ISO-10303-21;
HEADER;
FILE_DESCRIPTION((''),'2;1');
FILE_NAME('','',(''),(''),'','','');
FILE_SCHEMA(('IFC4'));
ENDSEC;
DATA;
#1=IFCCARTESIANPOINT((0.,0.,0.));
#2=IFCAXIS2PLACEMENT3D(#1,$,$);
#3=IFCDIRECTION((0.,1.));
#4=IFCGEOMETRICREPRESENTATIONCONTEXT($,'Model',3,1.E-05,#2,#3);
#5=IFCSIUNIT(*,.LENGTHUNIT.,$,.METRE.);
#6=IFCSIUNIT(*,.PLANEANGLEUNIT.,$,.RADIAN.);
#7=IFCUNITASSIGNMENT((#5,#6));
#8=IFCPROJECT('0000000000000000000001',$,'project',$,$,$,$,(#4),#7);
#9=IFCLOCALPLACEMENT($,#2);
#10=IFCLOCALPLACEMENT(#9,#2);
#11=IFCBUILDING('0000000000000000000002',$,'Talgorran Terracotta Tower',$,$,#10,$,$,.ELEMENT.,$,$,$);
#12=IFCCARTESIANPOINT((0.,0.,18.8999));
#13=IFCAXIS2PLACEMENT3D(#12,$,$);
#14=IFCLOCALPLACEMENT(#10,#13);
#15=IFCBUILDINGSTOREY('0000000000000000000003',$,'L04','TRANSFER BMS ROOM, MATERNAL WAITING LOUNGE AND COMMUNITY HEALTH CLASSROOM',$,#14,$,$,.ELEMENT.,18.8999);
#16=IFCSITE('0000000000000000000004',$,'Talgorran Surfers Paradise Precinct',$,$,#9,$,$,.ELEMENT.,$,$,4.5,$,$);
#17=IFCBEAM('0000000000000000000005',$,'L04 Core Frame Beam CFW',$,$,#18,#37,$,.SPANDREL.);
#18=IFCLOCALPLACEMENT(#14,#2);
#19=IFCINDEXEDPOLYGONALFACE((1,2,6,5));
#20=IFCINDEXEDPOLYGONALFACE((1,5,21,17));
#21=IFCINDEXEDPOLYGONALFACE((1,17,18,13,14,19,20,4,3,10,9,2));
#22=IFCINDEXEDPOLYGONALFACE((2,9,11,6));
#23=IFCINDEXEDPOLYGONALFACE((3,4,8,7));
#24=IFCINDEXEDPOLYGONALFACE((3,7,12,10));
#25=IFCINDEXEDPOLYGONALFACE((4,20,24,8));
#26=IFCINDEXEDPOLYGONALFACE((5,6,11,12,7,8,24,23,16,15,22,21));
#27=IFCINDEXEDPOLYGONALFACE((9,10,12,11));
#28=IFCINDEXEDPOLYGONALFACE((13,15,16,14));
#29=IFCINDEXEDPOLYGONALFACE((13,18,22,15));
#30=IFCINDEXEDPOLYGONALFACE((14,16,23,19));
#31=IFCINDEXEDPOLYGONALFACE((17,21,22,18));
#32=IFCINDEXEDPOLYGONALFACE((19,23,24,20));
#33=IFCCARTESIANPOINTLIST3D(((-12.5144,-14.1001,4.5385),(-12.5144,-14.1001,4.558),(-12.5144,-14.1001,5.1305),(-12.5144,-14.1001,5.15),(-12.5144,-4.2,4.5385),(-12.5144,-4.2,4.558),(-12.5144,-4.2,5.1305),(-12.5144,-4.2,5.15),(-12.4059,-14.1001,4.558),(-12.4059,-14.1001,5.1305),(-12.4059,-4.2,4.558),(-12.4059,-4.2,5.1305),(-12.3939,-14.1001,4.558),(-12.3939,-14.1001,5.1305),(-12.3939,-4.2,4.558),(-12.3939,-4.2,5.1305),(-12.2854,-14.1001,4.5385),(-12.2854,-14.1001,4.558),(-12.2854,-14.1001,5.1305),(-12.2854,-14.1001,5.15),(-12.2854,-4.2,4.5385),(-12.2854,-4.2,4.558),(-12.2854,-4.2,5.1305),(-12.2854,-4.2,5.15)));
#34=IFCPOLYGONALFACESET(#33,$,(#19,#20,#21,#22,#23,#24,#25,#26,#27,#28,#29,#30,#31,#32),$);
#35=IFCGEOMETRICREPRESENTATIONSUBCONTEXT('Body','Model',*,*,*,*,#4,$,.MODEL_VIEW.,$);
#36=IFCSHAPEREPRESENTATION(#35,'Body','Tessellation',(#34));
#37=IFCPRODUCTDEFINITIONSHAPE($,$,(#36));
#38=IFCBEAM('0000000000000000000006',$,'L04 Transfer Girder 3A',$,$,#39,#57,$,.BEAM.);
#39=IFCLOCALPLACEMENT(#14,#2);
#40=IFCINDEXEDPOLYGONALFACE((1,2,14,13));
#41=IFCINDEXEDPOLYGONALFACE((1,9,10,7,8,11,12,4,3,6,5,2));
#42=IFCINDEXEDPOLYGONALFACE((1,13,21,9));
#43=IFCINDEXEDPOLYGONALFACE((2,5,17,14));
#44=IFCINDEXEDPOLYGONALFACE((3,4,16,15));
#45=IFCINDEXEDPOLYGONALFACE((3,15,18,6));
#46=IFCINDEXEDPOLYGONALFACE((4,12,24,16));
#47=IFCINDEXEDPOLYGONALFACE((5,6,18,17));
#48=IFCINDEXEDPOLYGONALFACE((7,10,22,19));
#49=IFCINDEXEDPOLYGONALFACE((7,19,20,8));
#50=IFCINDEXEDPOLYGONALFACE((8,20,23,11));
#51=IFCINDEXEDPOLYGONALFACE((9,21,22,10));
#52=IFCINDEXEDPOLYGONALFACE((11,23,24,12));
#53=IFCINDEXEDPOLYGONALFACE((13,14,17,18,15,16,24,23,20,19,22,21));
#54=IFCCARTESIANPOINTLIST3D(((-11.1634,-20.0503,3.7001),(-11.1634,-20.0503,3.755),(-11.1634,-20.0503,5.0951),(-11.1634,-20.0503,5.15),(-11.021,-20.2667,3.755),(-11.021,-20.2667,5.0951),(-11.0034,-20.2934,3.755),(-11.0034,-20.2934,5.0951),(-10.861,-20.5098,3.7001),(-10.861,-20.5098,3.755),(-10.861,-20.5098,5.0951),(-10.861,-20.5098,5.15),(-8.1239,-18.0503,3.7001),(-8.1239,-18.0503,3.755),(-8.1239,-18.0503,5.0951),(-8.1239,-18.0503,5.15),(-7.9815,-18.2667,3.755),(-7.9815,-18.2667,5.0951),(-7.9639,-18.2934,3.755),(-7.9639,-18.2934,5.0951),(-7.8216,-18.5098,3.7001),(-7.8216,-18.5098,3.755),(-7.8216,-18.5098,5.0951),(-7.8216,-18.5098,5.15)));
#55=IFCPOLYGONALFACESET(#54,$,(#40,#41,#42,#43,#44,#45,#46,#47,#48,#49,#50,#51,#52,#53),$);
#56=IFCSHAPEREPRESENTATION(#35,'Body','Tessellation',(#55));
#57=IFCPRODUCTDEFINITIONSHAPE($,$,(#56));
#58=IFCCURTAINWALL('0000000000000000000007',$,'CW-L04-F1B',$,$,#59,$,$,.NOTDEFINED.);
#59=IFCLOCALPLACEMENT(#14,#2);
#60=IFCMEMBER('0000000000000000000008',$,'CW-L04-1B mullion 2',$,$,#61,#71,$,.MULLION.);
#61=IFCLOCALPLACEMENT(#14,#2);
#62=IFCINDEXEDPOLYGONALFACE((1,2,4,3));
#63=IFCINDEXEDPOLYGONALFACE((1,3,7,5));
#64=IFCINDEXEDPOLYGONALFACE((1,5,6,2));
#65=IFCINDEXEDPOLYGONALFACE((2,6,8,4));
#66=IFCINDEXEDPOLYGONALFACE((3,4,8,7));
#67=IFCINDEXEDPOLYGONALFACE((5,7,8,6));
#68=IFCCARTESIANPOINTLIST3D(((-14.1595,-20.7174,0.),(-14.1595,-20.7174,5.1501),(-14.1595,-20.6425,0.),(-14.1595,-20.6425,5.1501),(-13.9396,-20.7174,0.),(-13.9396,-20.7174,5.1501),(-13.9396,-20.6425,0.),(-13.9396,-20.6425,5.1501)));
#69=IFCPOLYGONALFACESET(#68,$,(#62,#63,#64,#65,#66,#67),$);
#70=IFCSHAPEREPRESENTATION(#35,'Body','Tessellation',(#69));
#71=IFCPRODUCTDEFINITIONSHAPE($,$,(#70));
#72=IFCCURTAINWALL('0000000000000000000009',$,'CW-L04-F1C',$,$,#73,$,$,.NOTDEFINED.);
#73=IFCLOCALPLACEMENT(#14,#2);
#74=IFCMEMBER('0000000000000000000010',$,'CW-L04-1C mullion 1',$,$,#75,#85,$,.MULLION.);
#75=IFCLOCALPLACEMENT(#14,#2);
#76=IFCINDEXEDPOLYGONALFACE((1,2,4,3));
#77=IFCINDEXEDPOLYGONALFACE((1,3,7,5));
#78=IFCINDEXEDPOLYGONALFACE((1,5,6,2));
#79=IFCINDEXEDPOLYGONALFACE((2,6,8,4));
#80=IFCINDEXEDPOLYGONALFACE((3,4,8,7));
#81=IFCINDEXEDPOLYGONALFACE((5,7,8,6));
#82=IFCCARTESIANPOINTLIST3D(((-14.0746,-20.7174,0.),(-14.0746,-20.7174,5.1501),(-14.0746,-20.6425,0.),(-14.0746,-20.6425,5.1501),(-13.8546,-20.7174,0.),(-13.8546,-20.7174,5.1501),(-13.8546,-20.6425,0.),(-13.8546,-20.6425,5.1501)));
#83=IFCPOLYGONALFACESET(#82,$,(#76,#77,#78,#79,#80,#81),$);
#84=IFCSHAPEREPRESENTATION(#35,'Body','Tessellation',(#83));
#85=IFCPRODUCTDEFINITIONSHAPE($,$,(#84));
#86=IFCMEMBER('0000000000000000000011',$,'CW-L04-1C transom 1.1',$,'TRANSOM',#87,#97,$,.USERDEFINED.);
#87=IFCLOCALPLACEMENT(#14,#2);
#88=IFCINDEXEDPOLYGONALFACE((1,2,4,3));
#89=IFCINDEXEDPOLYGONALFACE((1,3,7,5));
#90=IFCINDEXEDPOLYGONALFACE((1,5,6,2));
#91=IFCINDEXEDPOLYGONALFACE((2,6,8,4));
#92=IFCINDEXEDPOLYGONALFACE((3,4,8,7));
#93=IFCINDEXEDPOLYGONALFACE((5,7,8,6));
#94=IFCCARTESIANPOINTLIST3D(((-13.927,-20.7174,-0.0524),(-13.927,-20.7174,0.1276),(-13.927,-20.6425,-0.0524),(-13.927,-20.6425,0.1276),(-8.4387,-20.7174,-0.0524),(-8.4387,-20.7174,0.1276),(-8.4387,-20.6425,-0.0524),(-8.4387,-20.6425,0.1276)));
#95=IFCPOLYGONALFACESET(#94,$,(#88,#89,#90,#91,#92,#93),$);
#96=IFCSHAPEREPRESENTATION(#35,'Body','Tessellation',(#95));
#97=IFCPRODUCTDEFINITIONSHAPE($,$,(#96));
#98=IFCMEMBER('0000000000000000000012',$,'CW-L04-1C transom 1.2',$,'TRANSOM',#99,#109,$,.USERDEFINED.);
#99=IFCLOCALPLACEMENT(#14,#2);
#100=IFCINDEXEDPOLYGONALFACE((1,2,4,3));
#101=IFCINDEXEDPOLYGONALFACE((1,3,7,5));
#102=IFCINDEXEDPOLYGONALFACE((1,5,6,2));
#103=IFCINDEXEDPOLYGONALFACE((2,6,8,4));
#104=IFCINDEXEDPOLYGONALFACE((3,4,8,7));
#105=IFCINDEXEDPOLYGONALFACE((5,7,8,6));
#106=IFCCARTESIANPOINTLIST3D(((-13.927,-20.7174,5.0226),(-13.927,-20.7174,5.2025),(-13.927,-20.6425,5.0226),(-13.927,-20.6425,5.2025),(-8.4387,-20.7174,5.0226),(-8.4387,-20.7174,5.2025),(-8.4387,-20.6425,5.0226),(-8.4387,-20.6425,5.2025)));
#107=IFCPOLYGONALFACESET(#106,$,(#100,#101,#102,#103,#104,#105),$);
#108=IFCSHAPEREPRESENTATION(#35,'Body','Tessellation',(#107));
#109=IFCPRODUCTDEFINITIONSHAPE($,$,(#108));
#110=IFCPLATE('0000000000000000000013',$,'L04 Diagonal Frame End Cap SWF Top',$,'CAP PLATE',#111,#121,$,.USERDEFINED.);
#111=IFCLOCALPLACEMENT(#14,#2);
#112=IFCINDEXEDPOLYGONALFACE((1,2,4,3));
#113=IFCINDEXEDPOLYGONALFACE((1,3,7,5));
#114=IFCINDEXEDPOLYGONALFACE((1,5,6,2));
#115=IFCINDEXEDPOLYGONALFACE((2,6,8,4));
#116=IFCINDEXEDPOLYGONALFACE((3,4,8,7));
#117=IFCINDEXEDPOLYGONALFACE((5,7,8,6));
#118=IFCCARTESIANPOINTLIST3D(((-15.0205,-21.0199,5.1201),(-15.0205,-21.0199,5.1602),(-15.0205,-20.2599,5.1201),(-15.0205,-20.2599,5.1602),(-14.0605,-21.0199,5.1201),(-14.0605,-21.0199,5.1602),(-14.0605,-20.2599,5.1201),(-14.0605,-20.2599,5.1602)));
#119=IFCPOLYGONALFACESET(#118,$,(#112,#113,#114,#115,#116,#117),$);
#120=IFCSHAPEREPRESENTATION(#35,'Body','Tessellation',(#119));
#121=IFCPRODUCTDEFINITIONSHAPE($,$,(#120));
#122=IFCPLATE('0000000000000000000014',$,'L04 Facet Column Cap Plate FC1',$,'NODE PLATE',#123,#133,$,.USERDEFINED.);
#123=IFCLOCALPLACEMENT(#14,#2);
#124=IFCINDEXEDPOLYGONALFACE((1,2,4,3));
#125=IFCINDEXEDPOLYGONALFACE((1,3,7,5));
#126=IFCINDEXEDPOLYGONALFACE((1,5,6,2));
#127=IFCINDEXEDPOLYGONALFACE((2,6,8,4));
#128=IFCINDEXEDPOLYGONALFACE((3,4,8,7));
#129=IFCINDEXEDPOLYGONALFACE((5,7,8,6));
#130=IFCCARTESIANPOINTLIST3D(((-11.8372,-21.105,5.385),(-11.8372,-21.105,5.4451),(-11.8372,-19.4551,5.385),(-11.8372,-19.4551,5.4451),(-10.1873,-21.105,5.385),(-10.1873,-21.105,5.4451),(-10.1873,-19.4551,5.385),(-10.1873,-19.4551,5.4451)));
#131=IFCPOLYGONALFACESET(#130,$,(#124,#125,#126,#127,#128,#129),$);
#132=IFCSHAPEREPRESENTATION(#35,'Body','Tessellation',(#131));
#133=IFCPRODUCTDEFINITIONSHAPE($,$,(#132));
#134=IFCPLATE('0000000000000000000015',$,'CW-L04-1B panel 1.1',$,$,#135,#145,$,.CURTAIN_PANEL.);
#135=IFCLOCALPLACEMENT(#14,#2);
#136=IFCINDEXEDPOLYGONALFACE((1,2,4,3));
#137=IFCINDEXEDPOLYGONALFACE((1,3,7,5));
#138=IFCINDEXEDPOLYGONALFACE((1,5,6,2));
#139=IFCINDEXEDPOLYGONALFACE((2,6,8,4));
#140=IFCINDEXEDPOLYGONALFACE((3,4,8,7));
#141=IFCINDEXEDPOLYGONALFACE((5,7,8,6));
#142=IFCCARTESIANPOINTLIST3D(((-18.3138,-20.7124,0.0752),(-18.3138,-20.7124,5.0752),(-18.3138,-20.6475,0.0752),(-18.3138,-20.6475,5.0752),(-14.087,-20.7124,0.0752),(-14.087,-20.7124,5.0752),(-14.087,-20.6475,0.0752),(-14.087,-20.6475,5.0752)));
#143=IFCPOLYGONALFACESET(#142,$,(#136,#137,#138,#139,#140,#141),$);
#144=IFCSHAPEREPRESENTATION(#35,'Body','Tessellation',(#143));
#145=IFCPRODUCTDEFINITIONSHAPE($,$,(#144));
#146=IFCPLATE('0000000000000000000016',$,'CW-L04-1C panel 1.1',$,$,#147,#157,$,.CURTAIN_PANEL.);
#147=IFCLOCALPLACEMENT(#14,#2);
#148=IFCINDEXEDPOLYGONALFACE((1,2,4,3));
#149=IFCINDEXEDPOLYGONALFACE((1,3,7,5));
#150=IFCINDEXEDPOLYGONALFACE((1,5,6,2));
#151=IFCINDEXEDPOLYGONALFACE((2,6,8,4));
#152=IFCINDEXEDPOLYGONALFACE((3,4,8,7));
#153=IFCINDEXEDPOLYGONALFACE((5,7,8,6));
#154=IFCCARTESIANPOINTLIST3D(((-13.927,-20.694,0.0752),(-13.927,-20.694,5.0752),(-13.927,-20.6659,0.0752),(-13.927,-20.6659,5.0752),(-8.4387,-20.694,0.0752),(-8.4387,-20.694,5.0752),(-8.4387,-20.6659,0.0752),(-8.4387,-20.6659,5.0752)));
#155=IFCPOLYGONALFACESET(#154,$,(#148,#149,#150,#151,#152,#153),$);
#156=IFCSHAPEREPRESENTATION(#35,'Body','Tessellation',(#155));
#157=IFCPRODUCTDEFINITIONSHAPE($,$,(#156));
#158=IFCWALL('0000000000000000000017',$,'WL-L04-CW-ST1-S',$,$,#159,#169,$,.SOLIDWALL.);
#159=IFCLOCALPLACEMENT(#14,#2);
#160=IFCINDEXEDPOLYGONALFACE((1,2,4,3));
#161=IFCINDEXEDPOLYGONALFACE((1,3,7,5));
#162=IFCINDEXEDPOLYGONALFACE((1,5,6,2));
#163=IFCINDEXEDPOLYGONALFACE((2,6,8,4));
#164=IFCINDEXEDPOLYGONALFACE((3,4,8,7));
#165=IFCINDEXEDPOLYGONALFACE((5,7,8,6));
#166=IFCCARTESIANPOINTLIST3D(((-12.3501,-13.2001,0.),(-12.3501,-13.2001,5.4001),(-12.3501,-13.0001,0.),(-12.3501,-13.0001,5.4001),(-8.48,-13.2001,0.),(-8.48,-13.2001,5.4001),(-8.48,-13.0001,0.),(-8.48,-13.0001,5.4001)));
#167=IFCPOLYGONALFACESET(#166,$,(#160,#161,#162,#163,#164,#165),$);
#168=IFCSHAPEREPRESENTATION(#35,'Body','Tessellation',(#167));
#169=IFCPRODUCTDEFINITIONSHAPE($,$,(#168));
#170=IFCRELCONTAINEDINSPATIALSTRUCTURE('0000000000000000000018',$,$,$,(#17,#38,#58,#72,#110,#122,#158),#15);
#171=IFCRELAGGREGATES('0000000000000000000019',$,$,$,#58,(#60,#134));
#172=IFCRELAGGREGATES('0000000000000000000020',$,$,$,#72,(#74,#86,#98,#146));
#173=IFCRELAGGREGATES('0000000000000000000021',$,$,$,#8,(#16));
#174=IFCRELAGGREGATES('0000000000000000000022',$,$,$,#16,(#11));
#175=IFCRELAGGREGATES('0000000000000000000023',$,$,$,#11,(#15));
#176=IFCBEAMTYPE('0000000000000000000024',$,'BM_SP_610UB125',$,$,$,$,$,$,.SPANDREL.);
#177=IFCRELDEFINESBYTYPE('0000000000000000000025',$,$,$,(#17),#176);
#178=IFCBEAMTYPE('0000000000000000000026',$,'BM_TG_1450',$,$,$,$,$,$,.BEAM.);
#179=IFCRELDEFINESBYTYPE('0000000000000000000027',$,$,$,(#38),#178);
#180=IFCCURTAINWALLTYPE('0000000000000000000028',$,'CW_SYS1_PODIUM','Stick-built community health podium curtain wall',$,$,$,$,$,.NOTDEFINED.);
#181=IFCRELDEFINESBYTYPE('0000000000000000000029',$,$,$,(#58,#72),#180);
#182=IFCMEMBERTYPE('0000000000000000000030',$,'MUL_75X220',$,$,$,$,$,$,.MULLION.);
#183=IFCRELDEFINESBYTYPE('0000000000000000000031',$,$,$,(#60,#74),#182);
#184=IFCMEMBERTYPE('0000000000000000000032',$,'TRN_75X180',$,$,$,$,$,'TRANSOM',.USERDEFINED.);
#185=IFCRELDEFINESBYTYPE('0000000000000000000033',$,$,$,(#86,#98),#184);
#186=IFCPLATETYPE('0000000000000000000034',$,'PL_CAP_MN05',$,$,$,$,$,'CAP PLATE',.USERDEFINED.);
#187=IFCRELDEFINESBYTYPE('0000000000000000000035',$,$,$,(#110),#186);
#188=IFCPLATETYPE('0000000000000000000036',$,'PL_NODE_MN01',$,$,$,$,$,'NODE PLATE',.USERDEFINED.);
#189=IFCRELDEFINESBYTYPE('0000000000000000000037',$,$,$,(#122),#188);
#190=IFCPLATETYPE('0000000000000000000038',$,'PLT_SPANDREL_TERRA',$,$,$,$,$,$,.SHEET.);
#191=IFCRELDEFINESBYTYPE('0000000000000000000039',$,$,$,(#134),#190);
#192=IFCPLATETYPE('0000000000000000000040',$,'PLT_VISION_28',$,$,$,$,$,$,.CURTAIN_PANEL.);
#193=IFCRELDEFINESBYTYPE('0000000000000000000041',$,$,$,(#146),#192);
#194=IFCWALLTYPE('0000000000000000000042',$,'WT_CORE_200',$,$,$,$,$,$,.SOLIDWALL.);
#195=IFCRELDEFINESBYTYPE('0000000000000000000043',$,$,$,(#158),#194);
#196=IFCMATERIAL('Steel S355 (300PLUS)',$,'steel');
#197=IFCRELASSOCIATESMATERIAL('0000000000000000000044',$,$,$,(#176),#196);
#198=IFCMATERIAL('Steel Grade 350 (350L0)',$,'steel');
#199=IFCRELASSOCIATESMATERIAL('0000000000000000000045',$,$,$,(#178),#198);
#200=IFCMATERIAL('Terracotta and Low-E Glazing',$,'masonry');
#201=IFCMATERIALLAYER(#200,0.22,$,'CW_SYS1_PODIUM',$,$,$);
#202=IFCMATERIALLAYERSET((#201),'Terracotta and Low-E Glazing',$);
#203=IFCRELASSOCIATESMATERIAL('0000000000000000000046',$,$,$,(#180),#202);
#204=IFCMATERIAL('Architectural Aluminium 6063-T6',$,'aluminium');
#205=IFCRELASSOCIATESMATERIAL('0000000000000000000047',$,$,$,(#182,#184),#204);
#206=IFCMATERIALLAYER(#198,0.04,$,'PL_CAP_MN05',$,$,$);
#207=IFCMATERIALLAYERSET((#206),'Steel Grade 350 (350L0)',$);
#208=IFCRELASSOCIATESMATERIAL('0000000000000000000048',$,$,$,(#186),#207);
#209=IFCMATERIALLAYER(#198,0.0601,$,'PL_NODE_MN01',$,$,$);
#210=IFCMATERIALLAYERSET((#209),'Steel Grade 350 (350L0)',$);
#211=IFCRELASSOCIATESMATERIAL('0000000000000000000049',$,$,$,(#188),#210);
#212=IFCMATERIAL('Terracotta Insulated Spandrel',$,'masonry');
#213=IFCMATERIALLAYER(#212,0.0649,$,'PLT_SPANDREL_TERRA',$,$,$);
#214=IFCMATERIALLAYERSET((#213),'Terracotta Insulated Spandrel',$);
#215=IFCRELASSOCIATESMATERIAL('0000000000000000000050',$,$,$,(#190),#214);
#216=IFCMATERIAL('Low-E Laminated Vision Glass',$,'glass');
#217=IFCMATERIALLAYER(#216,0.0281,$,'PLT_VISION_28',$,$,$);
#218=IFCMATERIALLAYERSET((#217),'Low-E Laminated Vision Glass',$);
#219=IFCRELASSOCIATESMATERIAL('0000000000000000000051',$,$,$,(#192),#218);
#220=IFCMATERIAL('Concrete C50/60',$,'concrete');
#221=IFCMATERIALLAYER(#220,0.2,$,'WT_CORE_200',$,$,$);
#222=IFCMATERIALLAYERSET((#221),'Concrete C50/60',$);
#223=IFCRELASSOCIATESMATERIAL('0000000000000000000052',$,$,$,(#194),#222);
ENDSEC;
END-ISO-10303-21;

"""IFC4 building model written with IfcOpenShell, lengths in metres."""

from ifc_helpers import new_model, si_unit, direction, frame, frame_2d, origin, origin_2d, place, context, subcontext, project, spatial, rectangle, i_section, extrude, source, transform, mapped, material, layer, layer_set, material_profile, profile_set, type_object, type_shapes, element, aggregate, save


model = new_model("IFC4")

# Units and contexts
model_context = context("Model", 3, precision=1e-05, world=origin(), true_north=direction((0.0, 1.0)))
body_context = subcontext(model_context, "Body", "Model", "MODEL_VIEW")
ifc_project = project(units=[si_unit("LENGTHUNIT", "METRE"), si_unit("PLANEANGLEUNIT", "RADIAN")], contexts=[model_context])

# Site, building, storey
site_placement = place(None, origin())
site = spatial("IfcSite", under=ifc_project, at=site_placement, Name="Talgorran Surfers Paradise Precinct", CompositionType="ELEMENT", RefElevation=4.5)
building_placement = place(site_placement, origin())
building = spatial("IfcBuilding", under=site, at=building_placement, Name="Talgorran Terracotta Tower", CompositionType="ELEMENT")
storey_placement = place(building_placement, frame((0.0, 0.0, 18.8999)))
storey = spatial("IfcBuildingStorey", under=building, at=storey_placement, Name="L04", Description="TRANSFER BMS ROOM, MATERNAL WAITING LOUNGE AND COMMUNITY HEALTH CLASSROOM", CompositionType="ELEMENT", Elevation=18.8999)

# Shared definitions
ifc_material_1 = material(Name="Steel S355 (300PLUS)", Category="steel")
ifc_material_2 = material(Name="Steel Grade 350 (350L0)", Category="steel")

# Beams
ifc_material_profile_1 = material_profile(ifc_material_1, i_section(OverallWidth=0.229, OverallDepth=0.6116, WebThickness=0.012, FlangeThickness=0.0195, at=origin_2d()), Name="610UB125")
ifc_profile_set_1 = profile_set([ifc_material_profile_1], Name="Steel S355 (300PLUS)")
beam_type_1 = type_object("IfcBeamType", Name="BM_SP_610UB125", PredefinedType="SPANDREL", material=ifc_profile_set_1)
beam_1_placement = place(storey_placement, frame((-12.3999, -14.1001, 4.8442), z_axis=(0.0, 1.0, 0.0), x_axis=(-1.0, 0.0, 0.0)))
element("IfcBeam", 1, at=beam_1_placement, inside=storey, type_object=beam_type_1, Name="L04 Core Frame Beam CFW", PredefinedType="SPANDREL", context=body_context, shape_type="SweptSolid", body=[
    extrude(i_section(OverallWidth=0.229, OverallDepth=0.6116, WebThickness=0.012, FlangeThickness=0.0195, at=origin_2d()), origin(), (0.0, 0.0, 1.0), 9.9001),
])
ifc_material_profile_2 = material_profile(ifc_material_2, i_section(OverallWidth=0.55, OverallDepth=1.45, WebThickness=0.032, FlangeThickness=0.0549, at=origin_2d()), Name="TG1450X550")
ifc_profile_set_2 = profile_set([ifc_material_profile_2], Name="Steel Grade 350 (350L0)")
beam_type_2 = type_object("IfcBeamType", Name="BM_TG_1450", PredefinedType="BEAM", material=ifc_profile_set_2)
beam_2_placement = place(storey_placement, frame((-11.0122, -20.28, 4.425), z_axis=(0.83538, 0.549673, 0.0), x_axis=(-0.549673, 0.83538, 0.0)))
element("IfcBeam", 2, at=beam_2_placement, inside=storey, type_object=beam_type_2, Name="L04 Transfer Girder 3A", PredefinedType="BEAM", context=body_context, shape_type="SweptSolid", body=[
    extrude(i_section(OverallWidth=0.55, OverallDepth=1.45, WebThickness=0.032, FlangeThickness=0.0549, at=origin_2d()), origin(), (0.0, 0.0, 1.0), 3.6384),
])

# Curtain wall, member
ifc_material_3 = material(Name="Terracotta and Low-E Glazing", Category="masonry")
ifc_layer_1 = layer(ifc_material_3, 0.22, Name="CW_SYS1_PODIUM")
ifc_layer_set_1 = layer_set([ifc_layer_1], Name="Terracotta and Low-E Glazing")
curtain_wall_type = type_object("IfcCurtainWallType", Name="CW_SYS1_PODIUM", Description="Stick-built community health podium curtain wall", PredefinedType="NOTDEFINED", material=ifc_layer_set_1)
curtain_wall_1_placement = place(storey_placement, origin())
curtain_wall_1 = element("IfcCurtainWall", 3, at=curtain_wall_1_placement, inside=storey, type_object=curtain_wall_type, Name="CW-L04-F1B", PredefinedType="NOTDEFINED")
ifc_material_4 = material(Name="Architectural Aluminium 6063-T6", Category="aluminium")
ifc_material_profile_3 = material_profile(ifc_material_4, rectangle(XDim=0.075, YDim=0.22, at=origin_2d()), Name="CWM75X220")
ifc_profile_set_3 = profile_set([ifc_material_profile_3], Name="Architectural Aluminium 6063-T6")
member_type_1 = type_object("IfcMemberType", Name="MUL_75X220", PredefinedType="MULLION", material=ifc_profile_set_3)
member_1_placement = place(storey_placement, frame((-14.0496, -20.6799, 0.0), z_axis=(0.0, 0.0, 1.0), x_axis=(0.0, 1.0, 0.0)))
member_1 = element("IfcMember", 4, at=member_1_placement, type_object=member_type_1, Name="CW-L04-1B mullion 2", PredefinedType="MULLION", context=body_context, shape_type="SweptSolid", body=[
    extrude(rectangle(XDim=0.075, YDim=0.22, at=origin_2d()), origin(), (0.0, 0.0, 1.0), 5.1501),
])

# Curtain wall, members
curtain_wall_2_placement = place(storey_placement, origin())
curtain_wall_2 = element("IfcCurtainWall", 5, at=curtain_wall_2_placement, inside=storey, type_object=curtain_wall_type, Name="CW-L04-F1C", PredefinedType="NOTDEFINED")
member_2_placement = place(storey_placement, frame((-13.9646, -20.6799, 0.0), z_axis=(0.0, 0.0, 1.0), x_axis=(0.0, 1.0, 0.0)))
member_2 = element("IfcMember", 6, at=member_2_placement, type_object=member_type_1, Name="CW-L04-1C mullion 1", PredefinedType="MULLION", context=body_context, shape_type="SweptSolid", body=[
    extrude(rectangle(XDim=0.075, YDim=0.22, at=origin_2d()), origin(), (0.0, 0.0, 1.0), 5.1501),
])
ifc_material_profile_4 = material_profile(ifc_material_4, rectangle(XDim=0.075, YDim=0.1799, at=origin_2d()), Name="CWT75X180")
ifc_profile_set_4 = profile_set([ifc_material_profile_4], Name="Architectural Aluminium 6063-T6")
member_type_2 = type_object("IfcMemberType", Name="TRN_75X180", ElementType="TRANSOM", PredefinedType="USERDEFINED", material=ifc_profile_set_4)
member_3_placement = place(storey_placement, frame((-13.927, -20.6799, 0.0376), z_axis=(1.0, 0.0, 0.0), x_axis=(0.0, 1.0, 0.0)))
member_3 = element("IfcMember", 7, at=member_3_placement, type_object=member_type_2, Name="CW-L04-1C transom 1.1", ObjectType="TRANSOM", PredefinedType="USERDEFINED", context=body_context, shape_type="SweptSolid", body=[
    extrude(rectangle(XDim=0.075, YDim=0.1799, at=origin_2d()), origin(), (0.0, 0.0, 1.0), 5.4883),
])
member_4_placement = place(storey_placement, frame((-13.927, -20.6799, 5.1125), z_axis=(1.0, 0.0, 0.0), x_axis=(0.0, 1.0, 0.0)))
member_4 = element("IfcMember", 8, at=member_4_placement, type_object=member_type_2, Name="CW-L04-1C transom 1.2", ObjectType="TRANSOM", PredefinedType="USERDEFINED", context=body_context, shape_type="SweptSolid", body=[
    extrude(rectangle(XDim=0.075, YDim=0.1799, at=origin_2d()), origin(), (0.0, 0.0, 1.0), 5.4883),
])

# Plates
ifc_layer_2 = layer(ifc_material_2, 0.04, Name="PL_CAP_MN05")
ifc_layer_set_2 = layer_set([ifc_layer_2], Name="Steel Grade 350 (350L0)")
plate_type_1 = type_object("IfcPlateType", Name="PL_CAP_MN05", ElementType="CAP PLATE", PredefinedType="USERDEFINED", material=ifc_layer_set_2)
plate_1_placement = place(storey_placement, frame((-14.5405, -20.6399, 5.1201), z_axis=(0.0, 0.0, 1.0), x_axis=(1.0, 0.0, 0.0)))
element("IfcPlate", 9, at=plate_1_placement, inside=storey, type_object=plate_type_1, Name="L04 Diagonal Frame End Cap SWF Top", ObjectType="CAP PLATE", PredefinedType="USERDEFINED", context=body_context, shape_type="SweptSolid", body=[
    extrude(rectangle(XDim=0.96, YDim=0.76, at=origin_2d()), origin(), (0.0, 0.0, 1.0), 0.04),
])
ifc_layer_3 = layer(ifc_material_2, 0.0601, Name="PL_NODE_MN01")
ifc_layer_set_3 = layer_set([ifc_layer_3], Name="Steel Grade 350 (350L0)")
plate_type_2 = type_object("IfcPlateType", Name="PL_NODE_MN01", ElementType="NODE PLATE", PredefinedType="USERDEFINED", material=ifc_layer_set_3)
plate_2_placement = place(storey_placement, frame((-11.0122, -20.28, 5.385), z_axis=(0.0, 0.0, 1.0), x_axis=(1.0, 0.0, 0.0)))
element("IfcPlate", 10, at=plate_2_placement, inside=storey, type_object=plate_type_2, Name="L04 Facet Column Cap Plate FC1", ObjectType="NODE PLATE", PredefinedType="USERDEFINED", context=body_context, shape_type="SweptSolid", body=[
    extrude(rectangle(XDim=1.6499, YDim=1.6499, at=origin_2d()), origin(), (0.0, 0.0, 1.0), 0.0601),
])

# Plates
ifc_material_5 = material(Name="Terracotta Insulated Spandrel", Category="masonry")
ifc_layer_4 = layer(ifc_material_5, 0.0649, Name="PLT_SPANDREL_TERRA")
ifc_layer_set_4 = layer_set([ifc_layer_4], Name="Terracotta Insulated Spandrel")
plate_type_3 = type_object("IfcPlateType", Name="PLT_SPANDREL_TERRA", PredefinedType="SHEET", material=ifc_layer_set_4)
shared_shape_1 = source(origin(), body_context, "Body", "SweptSolid", [
    extrude(rectangle(XDim=4.2268, YDim=0.0649, at=origin_2d()), origin(), (0.0, 0.0, 1.0), 5.0),
])
type_shapes(plate_type_3, [shared_shape_1])
plate_3_placement = place(storey_placement, frame((-16.2004, -20.6799, 0.0752), z_axis=(0.0, 0.0, 1.0), x_axis=(1.0, 0.0, 0.0)))
plate_3 = element("IfcPlate", 11, at=plate_3_placement, type_object=plate_type_3, Name="CW-L04-1B panel 1.1", PredefinedType="CURTAIN_PANEL", context=body_context, shape_type="MappedRepresentation", body=[
    mapped(shared_shape_1, transform((0.0, 0.0, 0.0), scale=1.0)),
])
aggregate(curtain_wall_1, [member_1, plate_3])
ifc_material_6 = material(Name="Low-E Laminated Vision Glass", Category="glass")
ifc_layer_5 = layer(ifc_material_6, 0.0281, Name="PLT_VISION_28")
ifc_layer_set_5 = layer_set([ifc_layer_5], Name="Low-E Laminated Vision Glass")
plate_type_4 = type_object("IfcPlateType", Name="PLT_VISION_28", PredefinedType="CURTAIN_PANEL", material=ifc_layer_set_5)
shared_shape_2 = source(origin(), body_context, "Body", "SweptSolid", [
    extrude(rectangle(XDim=5.4883, YDim=0.0281, at=origin_2d()), origin(), (0.0, 0.0, 1.0), 5.0),
])
type_shapes(plate_type_4, [shared_shape_2])
plate_4_placement = place(storey_placement, frame((-11.1829, -20.6799, 0.0752), z_axis=(0.0, 0.0, 1.0), x_axis=(1.0, 0.0, 0.0)))
plate_4 = element("IfcPlate", 12, at=plate_4_placement, type_object=plate_type_4, Name="CW-L04-1C panel 1.1", PredefinedType="CURTAIN_PANEL", context=body_context, shape_type="MappedRepresentation", body=[
    mapped(shared_shape_2, transform((0.0, 0.0, 0.0), scale=1.0)),
])
aggregate(curtain_wall_2, [member_2, member_3, member_4, plate_4])

# Wall
ifc_material_7 = material(Name="Concrete C50/60", Category="concrete")
ifc_layer_6 = layer(ifc_material_7, 0.2, Name="WT_CORE_200")
ifc_layer_set_6 = layer_set([ifc_layer_6], Name="Concrete C50/60")
wall_type_1 = type_object("IfcWallType", Name="WT_CORE_200", PredefinedType="SOLIDWALL", material=ifc_layer_set_6)
wall_1_placement = place(storey_placement, frame((-12.3501, -13.1001, 0.0), z_axis=(0.0, 0.0, 1.0), x_axis=(1.0, 0.0, 0.0)))
element("IfcWall", 13, at=wall_1_placement, inside=storey, type_object=wall_type_1, Name="WL-L04-CW-ST1-S", PredefinedType="SOLIDWALL", context=body_context, shape_type="SweptSolid", body=[
    extrude(rectangle(XDim=3.8701, YDim=0.2, at=frame_2d((1.9351, 0.0))), origin(), (0.0, 0.0, 1.0), 5.4001),
])

save(model, "model.ifc")
